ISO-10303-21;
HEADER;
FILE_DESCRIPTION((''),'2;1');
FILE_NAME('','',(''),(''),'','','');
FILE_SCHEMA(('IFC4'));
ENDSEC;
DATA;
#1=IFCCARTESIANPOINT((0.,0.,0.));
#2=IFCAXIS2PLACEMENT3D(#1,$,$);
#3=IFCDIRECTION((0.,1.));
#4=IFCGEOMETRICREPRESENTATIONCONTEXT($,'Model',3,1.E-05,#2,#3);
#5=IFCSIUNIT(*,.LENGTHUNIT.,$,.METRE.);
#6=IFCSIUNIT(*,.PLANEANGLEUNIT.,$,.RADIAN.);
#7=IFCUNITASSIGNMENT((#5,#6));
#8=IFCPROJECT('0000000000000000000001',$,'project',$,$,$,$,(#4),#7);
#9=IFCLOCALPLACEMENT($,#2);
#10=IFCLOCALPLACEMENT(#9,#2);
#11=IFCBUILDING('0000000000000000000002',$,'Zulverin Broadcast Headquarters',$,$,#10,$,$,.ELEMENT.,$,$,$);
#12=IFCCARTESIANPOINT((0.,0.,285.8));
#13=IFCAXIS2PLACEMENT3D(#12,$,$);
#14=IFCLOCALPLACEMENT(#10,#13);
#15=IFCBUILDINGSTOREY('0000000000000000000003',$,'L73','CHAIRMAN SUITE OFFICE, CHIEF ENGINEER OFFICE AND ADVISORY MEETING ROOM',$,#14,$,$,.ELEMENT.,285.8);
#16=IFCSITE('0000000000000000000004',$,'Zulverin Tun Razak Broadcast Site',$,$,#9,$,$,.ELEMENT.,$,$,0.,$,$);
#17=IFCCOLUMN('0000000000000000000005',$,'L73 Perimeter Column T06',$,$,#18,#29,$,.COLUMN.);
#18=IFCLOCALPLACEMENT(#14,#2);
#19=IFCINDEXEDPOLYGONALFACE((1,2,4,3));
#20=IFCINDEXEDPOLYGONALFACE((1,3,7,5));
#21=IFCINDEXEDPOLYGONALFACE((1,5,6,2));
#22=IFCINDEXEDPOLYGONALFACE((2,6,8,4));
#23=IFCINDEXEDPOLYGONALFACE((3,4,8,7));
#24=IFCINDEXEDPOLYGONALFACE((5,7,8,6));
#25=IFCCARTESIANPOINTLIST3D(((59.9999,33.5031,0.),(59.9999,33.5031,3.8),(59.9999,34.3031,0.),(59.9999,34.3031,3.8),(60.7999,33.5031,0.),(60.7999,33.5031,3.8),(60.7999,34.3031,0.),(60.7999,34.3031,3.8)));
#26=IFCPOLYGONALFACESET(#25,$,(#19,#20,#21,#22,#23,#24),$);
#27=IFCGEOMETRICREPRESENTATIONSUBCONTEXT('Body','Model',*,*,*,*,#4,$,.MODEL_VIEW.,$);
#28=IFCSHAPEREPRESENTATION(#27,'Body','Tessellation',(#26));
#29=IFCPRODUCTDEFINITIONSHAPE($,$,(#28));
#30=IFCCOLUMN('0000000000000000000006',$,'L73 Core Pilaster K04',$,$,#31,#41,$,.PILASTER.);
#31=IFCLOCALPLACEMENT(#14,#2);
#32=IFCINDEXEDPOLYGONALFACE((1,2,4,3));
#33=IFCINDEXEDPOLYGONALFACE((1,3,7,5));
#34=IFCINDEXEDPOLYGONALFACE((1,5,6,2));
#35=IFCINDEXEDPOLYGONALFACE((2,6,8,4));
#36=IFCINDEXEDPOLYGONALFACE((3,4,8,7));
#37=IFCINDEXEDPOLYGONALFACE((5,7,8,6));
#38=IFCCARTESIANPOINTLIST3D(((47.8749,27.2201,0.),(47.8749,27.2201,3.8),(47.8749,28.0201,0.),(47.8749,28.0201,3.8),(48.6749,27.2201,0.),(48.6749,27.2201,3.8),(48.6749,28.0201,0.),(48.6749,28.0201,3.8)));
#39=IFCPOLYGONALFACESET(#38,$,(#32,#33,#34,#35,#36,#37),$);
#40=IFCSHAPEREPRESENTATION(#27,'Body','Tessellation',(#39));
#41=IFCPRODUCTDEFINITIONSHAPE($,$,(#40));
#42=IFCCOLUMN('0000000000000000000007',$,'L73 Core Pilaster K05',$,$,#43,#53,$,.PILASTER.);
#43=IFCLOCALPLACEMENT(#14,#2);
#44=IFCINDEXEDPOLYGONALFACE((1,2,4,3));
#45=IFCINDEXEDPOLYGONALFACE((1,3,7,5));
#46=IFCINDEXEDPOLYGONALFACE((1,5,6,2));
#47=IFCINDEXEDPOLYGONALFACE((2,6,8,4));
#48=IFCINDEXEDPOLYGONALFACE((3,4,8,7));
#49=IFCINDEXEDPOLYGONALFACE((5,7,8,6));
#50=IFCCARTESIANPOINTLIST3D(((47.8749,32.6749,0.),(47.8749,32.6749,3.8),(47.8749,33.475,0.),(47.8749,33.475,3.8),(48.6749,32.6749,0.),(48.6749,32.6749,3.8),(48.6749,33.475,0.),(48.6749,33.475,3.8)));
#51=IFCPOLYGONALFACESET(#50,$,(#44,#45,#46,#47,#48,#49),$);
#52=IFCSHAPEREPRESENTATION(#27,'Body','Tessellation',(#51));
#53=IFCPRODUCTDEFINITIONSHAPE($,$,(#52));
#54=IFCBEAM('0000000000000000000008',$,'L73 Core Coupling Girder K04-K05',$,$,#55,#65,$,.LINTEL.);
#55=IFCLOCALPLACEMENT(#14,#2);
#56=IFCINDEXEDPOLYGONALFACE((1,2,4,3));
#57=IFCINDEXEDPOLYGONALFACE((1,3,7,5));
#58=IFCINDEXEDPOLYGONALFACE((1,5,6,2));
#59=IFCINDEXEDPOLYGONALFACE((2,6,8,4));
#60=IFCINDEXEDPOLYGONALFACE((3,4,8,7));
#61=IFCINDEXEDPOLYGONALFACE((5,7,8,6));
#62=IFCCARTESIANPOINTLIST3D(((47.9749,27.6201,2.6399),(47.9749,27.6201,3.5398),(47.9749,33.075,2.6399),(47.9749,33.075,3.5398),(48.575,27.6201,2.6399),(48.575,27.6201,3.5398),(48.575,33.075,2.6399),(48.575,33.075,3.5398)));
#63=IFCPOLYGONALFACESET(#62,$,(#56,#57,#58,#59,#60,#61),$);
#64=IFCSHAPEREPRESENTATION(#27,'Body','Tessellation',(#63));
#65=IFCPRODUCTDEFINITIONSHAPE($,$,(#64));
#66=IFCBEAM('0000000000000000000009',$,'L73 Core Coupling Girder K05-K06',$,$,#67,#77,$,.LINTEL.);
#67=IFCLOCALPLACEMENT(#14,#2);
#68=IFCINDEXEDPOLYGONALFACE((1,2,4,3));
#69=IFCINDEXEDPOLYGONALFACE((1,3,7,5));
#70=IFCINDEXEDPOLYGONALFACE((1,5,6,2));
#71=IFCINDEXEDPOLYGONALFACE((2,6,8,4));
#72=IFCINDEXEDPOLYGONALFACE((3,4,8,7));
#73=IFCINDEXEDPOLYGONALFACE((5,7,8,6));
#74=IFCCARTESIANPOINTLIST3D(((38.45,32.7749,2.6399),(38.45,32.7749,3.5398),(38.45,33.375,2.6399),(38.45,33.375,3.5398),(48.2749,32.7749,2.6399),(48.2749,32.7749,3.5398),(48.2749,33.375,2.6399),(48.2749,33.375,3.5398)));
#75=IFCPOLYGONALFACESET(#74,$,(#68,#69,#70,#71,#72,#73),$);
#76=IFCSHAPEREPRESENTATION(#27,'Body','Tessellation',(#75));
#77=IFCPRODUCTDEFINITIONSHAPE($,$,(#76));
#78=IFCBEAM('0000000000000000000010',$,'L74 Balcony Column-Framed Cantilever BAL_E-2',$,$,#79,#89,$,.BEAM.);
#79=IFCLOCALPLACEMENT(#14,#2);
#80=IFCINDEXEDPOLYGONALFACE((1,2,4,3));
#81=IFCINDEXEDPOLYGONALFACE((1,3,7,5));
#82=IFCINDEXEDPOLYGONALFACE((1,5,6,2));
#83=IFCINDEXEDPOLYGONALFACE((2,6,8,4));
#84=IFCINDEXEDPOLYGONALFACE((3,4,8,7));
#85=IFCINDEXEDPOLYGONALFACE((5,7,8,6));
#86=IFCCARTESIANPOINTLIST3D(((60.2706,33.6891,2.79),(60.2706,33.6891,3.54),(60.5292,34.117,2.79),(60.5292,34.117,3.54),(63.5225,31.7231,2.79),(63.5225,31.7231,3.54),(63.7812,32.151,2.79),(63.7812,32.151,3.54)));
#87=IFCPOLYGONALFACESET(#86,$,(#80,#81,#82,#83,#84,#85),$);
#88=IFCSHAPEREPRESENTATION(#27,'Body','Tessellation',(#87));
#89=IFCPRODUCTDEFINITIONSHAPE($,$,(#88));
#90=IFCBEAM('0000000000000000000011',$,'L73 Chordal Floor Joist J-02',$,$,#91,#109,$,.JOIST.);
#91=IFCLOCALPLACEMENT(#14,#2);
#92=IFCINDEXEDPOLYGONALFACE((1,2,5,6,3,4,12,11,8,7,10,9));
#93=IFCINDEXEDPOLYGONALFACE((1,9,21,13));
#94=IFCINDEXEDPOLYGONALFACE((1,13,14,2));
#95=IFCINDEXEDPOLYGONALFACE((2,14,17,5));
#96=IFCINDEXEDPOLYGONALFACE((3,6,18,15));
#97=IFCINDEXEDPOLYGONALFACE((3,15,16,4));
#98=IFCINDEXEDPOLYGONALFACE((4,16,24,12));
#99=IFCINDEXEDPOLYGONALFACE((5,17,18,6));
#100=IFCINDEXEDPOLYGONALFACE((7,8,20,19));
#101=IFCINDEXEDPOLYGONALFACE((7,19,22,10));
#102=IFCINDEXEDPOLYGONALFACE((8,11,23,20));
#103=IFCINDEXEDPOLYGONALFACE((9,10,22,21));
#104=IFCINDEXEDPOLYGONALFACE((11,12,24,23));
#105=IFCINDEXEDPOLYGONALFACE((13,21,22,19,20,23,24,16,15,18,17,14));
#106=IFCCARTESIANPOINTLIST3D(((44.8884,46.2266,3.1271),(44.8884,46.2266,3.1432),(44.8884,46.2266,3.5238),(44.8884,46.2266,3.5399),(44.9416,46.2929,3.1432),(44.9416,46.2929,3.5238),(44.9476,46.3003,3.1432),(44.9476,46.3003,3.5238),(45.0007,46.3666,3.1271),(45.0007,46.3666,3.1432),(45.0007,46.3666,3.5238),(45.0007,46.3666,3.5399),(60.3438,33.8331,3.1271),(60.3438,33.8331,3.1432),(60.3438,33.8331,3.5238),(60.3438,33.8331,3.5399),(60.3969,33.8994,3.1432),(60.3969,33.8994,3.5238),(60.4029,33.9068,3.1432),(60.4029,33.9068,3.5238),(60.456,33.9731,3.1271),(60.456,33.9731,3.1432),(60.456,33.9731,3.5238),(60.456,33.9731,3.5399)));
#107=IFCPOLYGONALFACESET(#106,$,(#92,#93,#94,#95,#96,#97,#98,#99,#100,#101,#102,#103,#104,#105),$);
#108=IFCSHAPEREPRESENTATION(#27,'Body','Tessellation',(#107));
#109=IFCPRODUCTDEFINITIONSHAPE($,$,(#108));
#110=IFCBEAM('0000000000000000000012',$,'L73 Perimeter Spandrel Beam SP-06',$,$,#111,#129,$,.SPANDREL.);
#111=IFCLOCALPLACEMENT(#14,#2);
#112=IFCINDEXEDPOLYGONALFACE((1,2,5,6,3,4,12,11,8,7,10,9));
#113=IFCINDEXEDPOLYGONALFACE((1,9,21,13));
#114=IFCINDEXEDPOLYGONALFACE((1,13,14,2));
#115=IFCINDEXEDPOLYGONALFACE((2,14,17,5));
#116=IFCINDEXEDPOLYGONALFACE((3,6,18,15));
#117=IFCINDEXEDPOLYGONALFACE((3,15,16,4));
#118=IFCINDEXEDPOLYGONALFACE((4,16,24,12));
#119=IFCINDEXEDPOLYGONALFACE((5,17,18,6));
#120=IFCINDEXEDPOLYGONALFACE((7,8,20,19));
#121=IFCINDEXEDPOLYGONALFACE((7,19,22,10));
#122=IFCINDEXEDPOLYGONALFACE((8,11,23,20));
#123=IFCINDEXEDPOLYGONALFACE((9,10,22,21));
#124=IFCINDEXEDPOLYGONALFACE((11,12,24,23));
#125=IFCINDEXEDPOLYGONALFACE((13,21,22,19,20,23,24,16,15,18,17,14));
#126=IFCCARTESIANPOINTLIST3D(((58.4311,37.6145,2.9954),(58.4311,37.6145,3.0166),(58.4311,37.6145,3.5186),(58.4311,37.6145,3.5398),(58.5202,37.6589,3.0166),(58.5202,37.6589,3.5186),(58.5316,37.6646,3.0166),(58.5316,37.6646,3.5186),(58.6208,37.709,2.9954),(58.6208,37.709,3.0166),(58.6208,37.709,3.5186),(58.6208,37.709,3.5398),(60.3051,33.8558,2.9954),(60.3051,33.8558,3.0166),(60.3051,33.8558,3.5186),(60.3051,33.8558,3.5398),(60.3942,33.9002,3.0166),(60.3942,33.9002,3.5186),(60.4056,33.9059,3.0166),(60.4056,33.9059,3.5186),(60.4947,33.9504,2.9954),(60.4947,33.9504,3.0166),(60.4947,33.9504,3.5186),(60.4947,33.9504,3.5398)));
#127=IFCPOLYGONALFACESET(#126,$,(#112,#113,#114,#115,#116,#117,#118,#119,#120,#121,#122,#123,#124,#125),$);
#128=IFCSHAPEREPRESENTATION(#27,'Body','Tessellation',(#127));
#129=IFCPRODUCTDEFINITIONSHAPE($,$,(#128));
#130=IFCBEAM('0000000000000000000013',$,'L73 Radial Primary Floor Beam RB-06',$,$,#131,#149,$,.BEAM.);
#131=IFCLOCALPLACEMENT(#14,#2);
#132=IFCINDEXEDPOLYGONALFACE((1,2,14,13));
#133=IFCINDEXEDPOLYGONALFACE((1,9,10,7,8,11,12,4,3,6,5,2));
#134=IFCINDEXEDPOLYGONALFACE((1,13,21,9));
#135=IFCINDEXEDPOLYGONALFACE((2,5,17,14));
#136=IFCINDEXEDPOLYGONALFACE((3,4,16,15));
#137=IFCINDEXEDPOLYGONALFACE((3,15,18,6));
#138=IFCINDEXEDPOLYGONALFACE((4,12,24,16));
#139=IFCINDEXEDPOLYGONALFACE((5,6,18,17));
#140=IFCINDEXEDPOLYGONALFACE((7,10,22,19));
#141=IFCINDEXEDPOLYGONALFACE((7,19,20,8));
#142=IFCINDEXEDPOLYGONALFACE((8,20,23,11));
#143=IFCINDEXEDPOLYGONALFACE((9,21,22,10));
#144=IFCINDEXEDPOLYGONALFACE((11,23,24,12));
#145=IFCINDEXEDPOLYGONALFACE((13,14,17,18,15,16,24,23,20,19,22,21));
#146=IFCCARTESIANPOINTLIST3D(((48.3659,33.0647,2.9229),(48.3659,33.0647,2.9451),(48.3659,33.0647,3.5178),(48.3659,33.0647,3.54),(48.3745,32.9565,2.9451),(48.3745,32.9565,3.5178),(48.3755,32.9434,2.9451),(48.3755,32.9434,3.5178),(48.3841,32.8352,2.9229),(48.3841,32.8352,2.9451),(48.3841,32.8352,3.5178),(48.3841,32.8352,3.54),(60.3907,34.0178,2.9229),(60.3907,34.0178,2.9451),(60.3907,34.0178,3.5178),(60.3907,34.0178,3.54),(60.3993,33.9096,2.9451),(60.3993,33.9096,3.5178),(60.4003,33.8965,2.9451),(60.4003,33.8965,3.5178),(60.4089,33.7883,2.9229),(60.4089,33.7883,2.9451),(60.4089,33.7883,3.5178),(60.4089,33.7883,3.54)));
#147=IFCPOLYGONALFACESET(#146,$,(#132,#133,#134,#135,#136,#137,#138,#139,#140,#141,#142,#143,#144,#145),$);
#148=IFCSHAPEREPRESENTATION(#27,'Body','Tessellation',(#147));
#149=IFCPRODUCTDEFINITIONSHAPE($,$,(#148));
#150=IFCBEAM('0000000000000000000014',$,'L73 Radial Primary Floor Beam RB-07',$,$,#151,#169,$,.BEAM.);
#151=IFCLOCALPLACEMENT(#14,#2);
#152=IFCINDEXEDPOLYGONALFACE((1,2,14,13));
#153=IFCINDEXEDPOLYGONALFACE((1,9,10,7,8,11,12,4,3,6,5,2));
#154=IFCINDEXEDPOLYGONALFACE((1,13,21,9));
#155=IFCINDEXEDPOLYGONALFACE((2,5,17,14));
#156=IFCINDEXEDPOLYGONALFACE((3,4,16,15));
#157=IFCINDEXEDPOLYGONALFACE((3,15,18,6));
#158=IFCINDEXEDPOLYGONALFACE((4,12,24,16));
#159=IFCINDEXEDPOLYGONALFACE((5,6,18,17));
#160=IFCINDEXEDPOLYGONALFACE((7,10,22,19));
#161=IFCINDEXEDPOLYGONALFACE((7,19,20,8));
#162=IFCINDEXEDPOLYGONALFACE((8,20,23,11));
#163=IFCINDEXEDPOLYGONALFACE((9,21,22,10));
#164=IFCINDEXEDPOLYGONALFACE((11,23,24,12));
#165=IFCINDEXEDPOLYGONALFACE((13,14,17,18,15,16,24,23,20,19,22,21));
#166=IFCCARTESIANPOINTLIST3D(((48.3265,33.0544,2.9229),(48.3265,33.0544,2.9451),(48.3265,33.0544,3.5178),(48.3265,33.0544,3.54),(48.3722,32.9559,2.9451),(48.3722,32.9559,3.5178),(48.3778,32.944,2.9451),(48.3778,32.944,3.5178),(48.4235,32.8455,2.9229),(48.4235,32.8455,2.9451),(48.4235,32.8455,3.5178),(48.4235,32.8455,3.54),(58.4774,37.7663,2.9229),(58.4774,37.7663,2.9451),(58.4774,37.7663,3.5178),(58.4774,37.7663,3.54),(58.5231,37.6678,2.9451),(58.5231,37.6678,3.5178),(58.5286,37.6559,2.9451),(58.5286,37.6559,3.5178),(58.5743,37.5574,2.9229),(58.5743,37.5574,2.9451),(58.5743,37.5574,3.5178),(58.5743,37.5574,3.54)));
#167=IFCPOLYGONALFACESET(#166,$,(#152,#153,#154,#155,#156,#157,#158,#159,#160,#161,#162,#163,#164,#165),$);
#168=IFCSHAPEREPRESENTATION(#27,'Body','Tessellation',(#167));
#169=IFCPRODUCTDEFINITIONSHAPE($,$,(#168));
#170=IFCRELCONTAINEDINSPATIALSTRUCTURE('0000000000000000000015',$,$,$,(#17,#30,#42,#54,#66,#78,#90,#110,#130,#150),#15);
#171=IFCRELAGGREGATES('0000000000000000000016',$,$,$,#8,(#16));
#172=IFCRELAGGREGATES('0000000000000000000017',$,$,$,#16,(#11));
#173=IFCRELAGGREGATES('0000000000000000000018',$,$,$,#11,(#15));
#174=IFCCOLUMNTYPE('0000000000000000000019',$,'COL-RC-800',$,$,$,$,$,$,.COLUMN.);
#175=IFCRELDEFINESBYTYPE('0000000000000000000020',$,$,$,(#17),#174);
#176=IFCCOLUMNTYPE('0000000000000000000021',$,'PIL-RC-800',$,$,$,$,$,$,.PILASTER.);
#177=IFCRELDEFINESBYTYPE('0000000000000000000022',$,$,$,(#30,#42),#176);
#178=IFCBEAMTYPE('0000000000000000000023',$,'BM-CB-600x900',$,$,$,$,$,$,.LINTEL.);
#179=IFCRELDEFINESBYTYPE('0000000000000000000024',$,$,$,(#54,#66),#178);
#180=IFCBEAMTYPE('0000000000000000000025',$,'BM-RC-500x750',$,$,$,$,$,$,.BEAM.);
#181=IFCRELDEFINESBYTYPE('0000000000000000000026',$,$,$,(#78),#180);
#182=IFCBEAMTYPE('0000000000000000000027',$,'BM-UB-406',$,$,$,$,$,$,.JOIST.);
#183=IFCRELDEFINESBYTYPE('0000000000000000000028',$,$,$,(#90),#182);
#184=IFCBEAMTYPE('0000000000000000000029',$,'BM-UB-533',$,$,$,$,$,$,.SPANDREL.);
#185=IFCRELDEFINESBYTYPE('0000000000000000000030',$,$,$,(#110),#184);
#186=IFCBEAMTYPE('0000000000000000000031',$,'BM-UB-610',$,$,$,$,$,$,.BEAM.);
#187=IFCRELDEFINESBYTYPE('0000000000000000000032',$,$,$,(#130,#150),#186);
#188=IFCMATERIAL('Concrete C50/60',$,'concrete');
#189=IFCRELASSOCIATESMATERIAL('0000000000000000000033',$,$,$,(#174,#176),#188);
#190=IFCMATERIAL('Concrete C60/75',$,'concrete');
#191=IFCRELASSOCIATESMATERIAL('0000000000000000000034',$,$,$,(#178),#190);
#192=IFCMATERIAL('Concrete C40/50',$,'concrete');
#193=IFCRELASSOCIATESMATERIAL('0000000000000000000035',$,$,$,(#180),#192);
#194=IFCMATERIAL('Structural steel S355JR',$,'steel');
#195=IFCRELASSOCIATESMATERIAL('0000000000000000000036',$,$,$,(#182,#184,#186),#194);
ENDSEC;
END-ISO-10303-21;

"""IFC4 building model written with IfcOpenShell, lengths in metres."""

from ifc_helpers import new_model, si_unit, direction, frame, origin, origin_2d, place, context, subcontext, project, spatial, rectangle, i_section, extrude, material, material_profile, profile_set, type_object, element, save


model = new_model("IFC4")

# Units and contexts
model_context = context("Model", 3, precision=1e-05, world=origin(), true_north=direction((0.0, 1.0)))
body_context = subcontext(model_context, "Body", "Model", "MODEL_VIEW")
ifc_project = project(units=[si_unit("LENGTHUNIT", "METRE"), si_unit("PLANEANGLEUNIT", "RADIAN")], contexts=[model_context])

# Site, building, storey
site_placement = place(None, origin())
site = spatial("IfcSite", under=ifc_project, at=site_placement, Name="Zulverin Tun Razak Broadcast Site", CompositionType="ELEMENT", RefElevation=0.0)
building_placement = place(site_placement, origin())
building = spatial("IfcBuilding", under=site, at=building_placement, Name="Zulverin Broadcast Headquarters", CompositionType="ELEMENT")
storey_placement = place(building_placement, frame((0.0, 0.0, 285.8)))
storey = spatial("IfcBuildingStorey", under=building, at=storey_placement, Name="L73", Description="CHAIRMAN SUITE OFFICE, CHIEF ENGINEER OFFICE AND ADVISORY MEETING ROOM", CompositionType="ELEMENT", Elevation=285.8)

# Columns
ifc_material_1 = material(Name="Concrete C50/60", Category="concrete")
ifc_material_profile_1 = material_profile(ifc_material_1, rectangle(XDim=0.8, YDim=0.8, at=origin_2d()), Name="Concrete C50/60", Category="concrete")
ifc_profile_set_1 = profile_set([ifc_material_profile_1], Name="Concrete C50/60")
column_type_1 = type_object("IfcColumnType", Name="COL-RC-800", PredefinedType="COLUMN", material=ifc_profile_set_1)
column_placement = place(storey_placement, frame((60.3999, 33.9031, 0.0), z_axis=(0.0, 0.0, 1.0), x_axis=(1.0, 0.0, 0.0)))
element("IfcColumn", 1, at=column_placement, inside=storey, type_object=column_type_1, Name="L73 Perimeter Column T06", PredefinedType="COLUMN", context=body_context, shape_type="SweptSolid", body=[
    extrude(rectangle(XDim=0.8, YDim=0.8, at=origin_2d()), origin(), (0.0, 0.0, 1.0), 3.8),
])
ifc_material_profile_2 = material_profile(ifc_material_1, rectangle(XDim=0.8, YDim=0.8, at=origin_2d()), Name="Concrete C50/60", Category="concrete")
ifc_profile_set_2 = profile_set([ifc_material_profile_2], Name="Concrete C50/60")
column_type_2 = type_object("IfcColumnType", Name="PIL-RC-800", PredefinedType="PILASTER", material=ifc_profile_set_2)
for number, where, z_axis, x_axis, name in (
    (2, (48.2749, 27.6201, 0.0), (0.0, 0.0, 1.0), (1.0, 0.0, 0.0), "L73 Core Pilaster K04"),
    (3, (48.2749, 33.075, 0.0), (0.0, 0.0, 1.0), (1.0, 0.0, 0.0), "L73 Core Pilaster K05"),
):
    element("IfcColumn", number, at=place(storey_placement, frame(where, z_axis=z_axis, x_axis=x_axis)), inside=storey, type_object=column_type_2, Name=name, PredefinedType="PILASTER", context=body_context, shape_type="SweptSolid", body=[
        extrude(rectangle(XDim=0.8, YDim=0.8, at=origin_2d()), origin(), (0.0, 0.0, 1.0), 3.8),
    ])

# Beams
ifc_material_2 = material(Name="Concrete C60/75", Category="concrete")
ifc_material_profile_3 = material_profile(ifc_material_2, rectangle(XDim=0.6001, YDim=0.8999, at=origin_2d()), Name="Concrete C60/75", Category="concrete")
ifc_profile_set_3 = profile_set([ifc_material_profile_3], Name="Concrete C60/75")
beam_type_1 = type_object("IfcBeamType", Name="BM-CB-600x900", PredefinedType="LINTEL", material=ifc_profile_set_3)
beam_1_placement = place(storey_placement, frame((48.2749, 27.6201, 3.0898), z_axis=(0.0, 1.0, 0.0), x_axis=(-1.0, 0.0, 0.0)))
element("IfcBeam", 4, at=beam_1_placement, inside=storey, type_object=beam_type_1, Name="L73 Core Coupling Girder K04-K05", PredefinedType="LINTEL", context=body_context, shape_type="SweptSolid", body=[
    extrude(rectangle(XDim=0.6001, YDim=0.8999, at=origin_2d()), origin(), (0.0, 0.0, 1.0), 5.4548),
])
beam_2_placement = place(storey_placement, frame((48.2749, 33.075, 3.0898), z_axis=(-1.0, 0.0, 0.0), x_axis=(0.0, -1.0, 0.0)))
element("IfcBeam", 5, at=beam_2_placement, inside=storey, type_object=beam_type_1, Name="L73 Core Coupling Girder K05-K06", PredefinedType="LINTEL", context=body_context, shape_type="SweptSolid", body=[
    extrude(rectangle(XDim=0.6001, YDim=0.8999, at=origin_2d()), origin(), (0.0, 0.0, 1.0), 9.825),
])
ifc_material_3 = material(Name="Concrete C40/50", Category="concrete")
ifc_material_profile_4 = material_profile(ifc_material_3, rectangle(XDim=0.5, YDim=0.75, at=origin_2d()), Name="Concrete C40/50", Category="concrete")
ifc_profile_set_4 = profile_set([ifc_material_profile_4], Name="Concrete C40/50")
beam_type_2 = type_object("IfcBeamType", Name="BM-RC-500x750", PredefinedType="BEAM", material=ifc_profile_set_4)
beam_3_placement = place(storey_placement, frame((60.3999, 33.9031, 3.165), z_axis=(0.855759, -0.517374, 0.0), x_axis=(0.517374, 0.855759, 0.0)))
element("IfcBeam", 6, at=beam_3_placement, inside=storey, type_object=beam_type_2, Name="L74 Balcony Column-Framed Cantilever BAL_E-2", PredefinedType="BEAM", context=body_context, shape_type="SweptSolid", body=[
    extrude(rectangle(XDim=0.5, YDim=0.75, at=origin_2d()), origin(), (0.0, 0.0, 1.0), 3.8),
])
ifc_material_4 = material(Name="Structural steel S355JR", Category="steel")
ifc_material_profile_5 = material_profile(ifc_material_4, i_section(OverallWidth=0.1794, OverallDepth=0.4128, WebThickness=0.0095, FlangeThickness=0.0161, at=origin_2d()), Name="Structural steel S355JR", Category="steel")
ifc_profile_set_5 = profile_set([ifc_material_profile_5], Name="Structural steel S355JR")
beam_type_3 = type_object("IfcBeamType", Name="BM-UB-406", PredefinedType="JOIST", material=ifc_profile_set_5)
beam_4_placement = place(storey_placement, frame((60.3999, 33.9031, 3.3335), z_axis=(-0.780147, 0.625596, 0.0), x_axis=(-0.625596, -0.780147, 0.0)))
element("IfcBeam", 7, at=beam_4_placement, inside=storey, type_object=beam_type_3, Name="L73 Chordal Floor Joist J-02", PredefinedType="JOIST", context=body_context, shape_type="SweptSolid", body=[
    extrude(i_section(OverallWidth=0.1794, OverallDepth=0.4128, WebThickness=0.0095, FlangeThickness=0.0161, at=origin_2d()), origin(), (0.0, 0.0, 1.0), 19.8108),
])
ifc_material_profile_6 = material_profile(ifc_material_4, i_section(OverallWidth=0.2119, OverallDepth=0.5444, WebThickness=0.0127, FlangeThickness=0.0212, at=origin_2d()), Name="Structural steel S355JR", Category="steel")
ifc_profile_set_6 = profile_set([ifc_material_profile_6], Name="Structural steel S355JR")
beam_type_4 = type_object("IfcBeamType", Name="BM-UB-533", PredefinedType="SPANDREL", material=ifc_profile_set_6)
beam_5_placement = place(storey_placement, frame((60.3999, 33.9031, 3.2676), z_axis=(-0.44619, 0.894938, 0.0), x_axis=(-0.894938, -0.44619, 0.0)))
element("IfcBeam", 8, at=beam_5_placement, inside=storey, type_object=beam_type_4, Name="L73 Perimeter Spandrel Beam SP-06", PredefinedType="SPANDREL", context=body_context, shape_type="SweptSolid", body=[
    extrude(i_section(OverallWidth=0.2119, OverallDepth=0.5444, WebThickness=0.0127, FlangeThickness=0.0212, at=origin_2d()), origin(), (0.0, 0.0, 1.0), 4.2),
])
ifc_material_profile_7 = material_profile(ifc_material_4, i_section(OverallWidth=0.2302, OverallDepth=0.6172, WebThickness=0.0132, FlangeThickness=0.0222, at=origin_2d()), Name="Structural steel S355JR", Category="steel")
ifc_profile_set_7 = profile_set([ifc_material_profile_7], Name="Structural steel S355JR")
beam_type_5 = type_object("IfcBeamType", Name="BM-UB-610", PredefinedType="BEAM", material=ifc_profile_set_7)
beam_6_placement = place(storey_placement, frame((48.375, 32.95, 3.2314), z_axis=(0.996873, 0.079015, 0.0), x_axis=(-0.079015, 0.996873, 0.0)))
element("IfcBeam", 9, at=beam_6_placement, inside=storey, type_object=beam_type_5, Name="L73 Radial Primary Floor Beam RB-06", PredefinedType="BEAM", context=body_context, shape_type="SweptSolid", body=[
    extrude(i_section(OverallWidth=0.2302, OverallDepth=0.6172, WebThickness=0.0132, FlangeThickness=0.0222, at=origin_2d()), origin(), (0.0, 0.0, 1.0), 12.0625),
])
beam_7_placement = place(storey_placement, frame((48.375, 32.95, 3.2314), z_axis=(0.907043, 0.421038, 0.0), x_axis=(-0.421038, 0.907043, 0.0)))
element("IfcBeam", 10, at=beam_7_placement, inside=storey, type_object=beam_type_5, Name="L73 Radial Primary Floor Beam RB-07", PredefinedType="BEAM", context=body_context, shape_type="SweptSolid", body=[
    extrude(i_section(OverallWidth=0.2302, OverallDepth=0.6172, WebThickness=0.0132, FlangeThickness=0.0222, at=origin_2d()), origin(), (0.0, 0.0, 1.0), 11.1912),
])

save(model, "model.ifc")
